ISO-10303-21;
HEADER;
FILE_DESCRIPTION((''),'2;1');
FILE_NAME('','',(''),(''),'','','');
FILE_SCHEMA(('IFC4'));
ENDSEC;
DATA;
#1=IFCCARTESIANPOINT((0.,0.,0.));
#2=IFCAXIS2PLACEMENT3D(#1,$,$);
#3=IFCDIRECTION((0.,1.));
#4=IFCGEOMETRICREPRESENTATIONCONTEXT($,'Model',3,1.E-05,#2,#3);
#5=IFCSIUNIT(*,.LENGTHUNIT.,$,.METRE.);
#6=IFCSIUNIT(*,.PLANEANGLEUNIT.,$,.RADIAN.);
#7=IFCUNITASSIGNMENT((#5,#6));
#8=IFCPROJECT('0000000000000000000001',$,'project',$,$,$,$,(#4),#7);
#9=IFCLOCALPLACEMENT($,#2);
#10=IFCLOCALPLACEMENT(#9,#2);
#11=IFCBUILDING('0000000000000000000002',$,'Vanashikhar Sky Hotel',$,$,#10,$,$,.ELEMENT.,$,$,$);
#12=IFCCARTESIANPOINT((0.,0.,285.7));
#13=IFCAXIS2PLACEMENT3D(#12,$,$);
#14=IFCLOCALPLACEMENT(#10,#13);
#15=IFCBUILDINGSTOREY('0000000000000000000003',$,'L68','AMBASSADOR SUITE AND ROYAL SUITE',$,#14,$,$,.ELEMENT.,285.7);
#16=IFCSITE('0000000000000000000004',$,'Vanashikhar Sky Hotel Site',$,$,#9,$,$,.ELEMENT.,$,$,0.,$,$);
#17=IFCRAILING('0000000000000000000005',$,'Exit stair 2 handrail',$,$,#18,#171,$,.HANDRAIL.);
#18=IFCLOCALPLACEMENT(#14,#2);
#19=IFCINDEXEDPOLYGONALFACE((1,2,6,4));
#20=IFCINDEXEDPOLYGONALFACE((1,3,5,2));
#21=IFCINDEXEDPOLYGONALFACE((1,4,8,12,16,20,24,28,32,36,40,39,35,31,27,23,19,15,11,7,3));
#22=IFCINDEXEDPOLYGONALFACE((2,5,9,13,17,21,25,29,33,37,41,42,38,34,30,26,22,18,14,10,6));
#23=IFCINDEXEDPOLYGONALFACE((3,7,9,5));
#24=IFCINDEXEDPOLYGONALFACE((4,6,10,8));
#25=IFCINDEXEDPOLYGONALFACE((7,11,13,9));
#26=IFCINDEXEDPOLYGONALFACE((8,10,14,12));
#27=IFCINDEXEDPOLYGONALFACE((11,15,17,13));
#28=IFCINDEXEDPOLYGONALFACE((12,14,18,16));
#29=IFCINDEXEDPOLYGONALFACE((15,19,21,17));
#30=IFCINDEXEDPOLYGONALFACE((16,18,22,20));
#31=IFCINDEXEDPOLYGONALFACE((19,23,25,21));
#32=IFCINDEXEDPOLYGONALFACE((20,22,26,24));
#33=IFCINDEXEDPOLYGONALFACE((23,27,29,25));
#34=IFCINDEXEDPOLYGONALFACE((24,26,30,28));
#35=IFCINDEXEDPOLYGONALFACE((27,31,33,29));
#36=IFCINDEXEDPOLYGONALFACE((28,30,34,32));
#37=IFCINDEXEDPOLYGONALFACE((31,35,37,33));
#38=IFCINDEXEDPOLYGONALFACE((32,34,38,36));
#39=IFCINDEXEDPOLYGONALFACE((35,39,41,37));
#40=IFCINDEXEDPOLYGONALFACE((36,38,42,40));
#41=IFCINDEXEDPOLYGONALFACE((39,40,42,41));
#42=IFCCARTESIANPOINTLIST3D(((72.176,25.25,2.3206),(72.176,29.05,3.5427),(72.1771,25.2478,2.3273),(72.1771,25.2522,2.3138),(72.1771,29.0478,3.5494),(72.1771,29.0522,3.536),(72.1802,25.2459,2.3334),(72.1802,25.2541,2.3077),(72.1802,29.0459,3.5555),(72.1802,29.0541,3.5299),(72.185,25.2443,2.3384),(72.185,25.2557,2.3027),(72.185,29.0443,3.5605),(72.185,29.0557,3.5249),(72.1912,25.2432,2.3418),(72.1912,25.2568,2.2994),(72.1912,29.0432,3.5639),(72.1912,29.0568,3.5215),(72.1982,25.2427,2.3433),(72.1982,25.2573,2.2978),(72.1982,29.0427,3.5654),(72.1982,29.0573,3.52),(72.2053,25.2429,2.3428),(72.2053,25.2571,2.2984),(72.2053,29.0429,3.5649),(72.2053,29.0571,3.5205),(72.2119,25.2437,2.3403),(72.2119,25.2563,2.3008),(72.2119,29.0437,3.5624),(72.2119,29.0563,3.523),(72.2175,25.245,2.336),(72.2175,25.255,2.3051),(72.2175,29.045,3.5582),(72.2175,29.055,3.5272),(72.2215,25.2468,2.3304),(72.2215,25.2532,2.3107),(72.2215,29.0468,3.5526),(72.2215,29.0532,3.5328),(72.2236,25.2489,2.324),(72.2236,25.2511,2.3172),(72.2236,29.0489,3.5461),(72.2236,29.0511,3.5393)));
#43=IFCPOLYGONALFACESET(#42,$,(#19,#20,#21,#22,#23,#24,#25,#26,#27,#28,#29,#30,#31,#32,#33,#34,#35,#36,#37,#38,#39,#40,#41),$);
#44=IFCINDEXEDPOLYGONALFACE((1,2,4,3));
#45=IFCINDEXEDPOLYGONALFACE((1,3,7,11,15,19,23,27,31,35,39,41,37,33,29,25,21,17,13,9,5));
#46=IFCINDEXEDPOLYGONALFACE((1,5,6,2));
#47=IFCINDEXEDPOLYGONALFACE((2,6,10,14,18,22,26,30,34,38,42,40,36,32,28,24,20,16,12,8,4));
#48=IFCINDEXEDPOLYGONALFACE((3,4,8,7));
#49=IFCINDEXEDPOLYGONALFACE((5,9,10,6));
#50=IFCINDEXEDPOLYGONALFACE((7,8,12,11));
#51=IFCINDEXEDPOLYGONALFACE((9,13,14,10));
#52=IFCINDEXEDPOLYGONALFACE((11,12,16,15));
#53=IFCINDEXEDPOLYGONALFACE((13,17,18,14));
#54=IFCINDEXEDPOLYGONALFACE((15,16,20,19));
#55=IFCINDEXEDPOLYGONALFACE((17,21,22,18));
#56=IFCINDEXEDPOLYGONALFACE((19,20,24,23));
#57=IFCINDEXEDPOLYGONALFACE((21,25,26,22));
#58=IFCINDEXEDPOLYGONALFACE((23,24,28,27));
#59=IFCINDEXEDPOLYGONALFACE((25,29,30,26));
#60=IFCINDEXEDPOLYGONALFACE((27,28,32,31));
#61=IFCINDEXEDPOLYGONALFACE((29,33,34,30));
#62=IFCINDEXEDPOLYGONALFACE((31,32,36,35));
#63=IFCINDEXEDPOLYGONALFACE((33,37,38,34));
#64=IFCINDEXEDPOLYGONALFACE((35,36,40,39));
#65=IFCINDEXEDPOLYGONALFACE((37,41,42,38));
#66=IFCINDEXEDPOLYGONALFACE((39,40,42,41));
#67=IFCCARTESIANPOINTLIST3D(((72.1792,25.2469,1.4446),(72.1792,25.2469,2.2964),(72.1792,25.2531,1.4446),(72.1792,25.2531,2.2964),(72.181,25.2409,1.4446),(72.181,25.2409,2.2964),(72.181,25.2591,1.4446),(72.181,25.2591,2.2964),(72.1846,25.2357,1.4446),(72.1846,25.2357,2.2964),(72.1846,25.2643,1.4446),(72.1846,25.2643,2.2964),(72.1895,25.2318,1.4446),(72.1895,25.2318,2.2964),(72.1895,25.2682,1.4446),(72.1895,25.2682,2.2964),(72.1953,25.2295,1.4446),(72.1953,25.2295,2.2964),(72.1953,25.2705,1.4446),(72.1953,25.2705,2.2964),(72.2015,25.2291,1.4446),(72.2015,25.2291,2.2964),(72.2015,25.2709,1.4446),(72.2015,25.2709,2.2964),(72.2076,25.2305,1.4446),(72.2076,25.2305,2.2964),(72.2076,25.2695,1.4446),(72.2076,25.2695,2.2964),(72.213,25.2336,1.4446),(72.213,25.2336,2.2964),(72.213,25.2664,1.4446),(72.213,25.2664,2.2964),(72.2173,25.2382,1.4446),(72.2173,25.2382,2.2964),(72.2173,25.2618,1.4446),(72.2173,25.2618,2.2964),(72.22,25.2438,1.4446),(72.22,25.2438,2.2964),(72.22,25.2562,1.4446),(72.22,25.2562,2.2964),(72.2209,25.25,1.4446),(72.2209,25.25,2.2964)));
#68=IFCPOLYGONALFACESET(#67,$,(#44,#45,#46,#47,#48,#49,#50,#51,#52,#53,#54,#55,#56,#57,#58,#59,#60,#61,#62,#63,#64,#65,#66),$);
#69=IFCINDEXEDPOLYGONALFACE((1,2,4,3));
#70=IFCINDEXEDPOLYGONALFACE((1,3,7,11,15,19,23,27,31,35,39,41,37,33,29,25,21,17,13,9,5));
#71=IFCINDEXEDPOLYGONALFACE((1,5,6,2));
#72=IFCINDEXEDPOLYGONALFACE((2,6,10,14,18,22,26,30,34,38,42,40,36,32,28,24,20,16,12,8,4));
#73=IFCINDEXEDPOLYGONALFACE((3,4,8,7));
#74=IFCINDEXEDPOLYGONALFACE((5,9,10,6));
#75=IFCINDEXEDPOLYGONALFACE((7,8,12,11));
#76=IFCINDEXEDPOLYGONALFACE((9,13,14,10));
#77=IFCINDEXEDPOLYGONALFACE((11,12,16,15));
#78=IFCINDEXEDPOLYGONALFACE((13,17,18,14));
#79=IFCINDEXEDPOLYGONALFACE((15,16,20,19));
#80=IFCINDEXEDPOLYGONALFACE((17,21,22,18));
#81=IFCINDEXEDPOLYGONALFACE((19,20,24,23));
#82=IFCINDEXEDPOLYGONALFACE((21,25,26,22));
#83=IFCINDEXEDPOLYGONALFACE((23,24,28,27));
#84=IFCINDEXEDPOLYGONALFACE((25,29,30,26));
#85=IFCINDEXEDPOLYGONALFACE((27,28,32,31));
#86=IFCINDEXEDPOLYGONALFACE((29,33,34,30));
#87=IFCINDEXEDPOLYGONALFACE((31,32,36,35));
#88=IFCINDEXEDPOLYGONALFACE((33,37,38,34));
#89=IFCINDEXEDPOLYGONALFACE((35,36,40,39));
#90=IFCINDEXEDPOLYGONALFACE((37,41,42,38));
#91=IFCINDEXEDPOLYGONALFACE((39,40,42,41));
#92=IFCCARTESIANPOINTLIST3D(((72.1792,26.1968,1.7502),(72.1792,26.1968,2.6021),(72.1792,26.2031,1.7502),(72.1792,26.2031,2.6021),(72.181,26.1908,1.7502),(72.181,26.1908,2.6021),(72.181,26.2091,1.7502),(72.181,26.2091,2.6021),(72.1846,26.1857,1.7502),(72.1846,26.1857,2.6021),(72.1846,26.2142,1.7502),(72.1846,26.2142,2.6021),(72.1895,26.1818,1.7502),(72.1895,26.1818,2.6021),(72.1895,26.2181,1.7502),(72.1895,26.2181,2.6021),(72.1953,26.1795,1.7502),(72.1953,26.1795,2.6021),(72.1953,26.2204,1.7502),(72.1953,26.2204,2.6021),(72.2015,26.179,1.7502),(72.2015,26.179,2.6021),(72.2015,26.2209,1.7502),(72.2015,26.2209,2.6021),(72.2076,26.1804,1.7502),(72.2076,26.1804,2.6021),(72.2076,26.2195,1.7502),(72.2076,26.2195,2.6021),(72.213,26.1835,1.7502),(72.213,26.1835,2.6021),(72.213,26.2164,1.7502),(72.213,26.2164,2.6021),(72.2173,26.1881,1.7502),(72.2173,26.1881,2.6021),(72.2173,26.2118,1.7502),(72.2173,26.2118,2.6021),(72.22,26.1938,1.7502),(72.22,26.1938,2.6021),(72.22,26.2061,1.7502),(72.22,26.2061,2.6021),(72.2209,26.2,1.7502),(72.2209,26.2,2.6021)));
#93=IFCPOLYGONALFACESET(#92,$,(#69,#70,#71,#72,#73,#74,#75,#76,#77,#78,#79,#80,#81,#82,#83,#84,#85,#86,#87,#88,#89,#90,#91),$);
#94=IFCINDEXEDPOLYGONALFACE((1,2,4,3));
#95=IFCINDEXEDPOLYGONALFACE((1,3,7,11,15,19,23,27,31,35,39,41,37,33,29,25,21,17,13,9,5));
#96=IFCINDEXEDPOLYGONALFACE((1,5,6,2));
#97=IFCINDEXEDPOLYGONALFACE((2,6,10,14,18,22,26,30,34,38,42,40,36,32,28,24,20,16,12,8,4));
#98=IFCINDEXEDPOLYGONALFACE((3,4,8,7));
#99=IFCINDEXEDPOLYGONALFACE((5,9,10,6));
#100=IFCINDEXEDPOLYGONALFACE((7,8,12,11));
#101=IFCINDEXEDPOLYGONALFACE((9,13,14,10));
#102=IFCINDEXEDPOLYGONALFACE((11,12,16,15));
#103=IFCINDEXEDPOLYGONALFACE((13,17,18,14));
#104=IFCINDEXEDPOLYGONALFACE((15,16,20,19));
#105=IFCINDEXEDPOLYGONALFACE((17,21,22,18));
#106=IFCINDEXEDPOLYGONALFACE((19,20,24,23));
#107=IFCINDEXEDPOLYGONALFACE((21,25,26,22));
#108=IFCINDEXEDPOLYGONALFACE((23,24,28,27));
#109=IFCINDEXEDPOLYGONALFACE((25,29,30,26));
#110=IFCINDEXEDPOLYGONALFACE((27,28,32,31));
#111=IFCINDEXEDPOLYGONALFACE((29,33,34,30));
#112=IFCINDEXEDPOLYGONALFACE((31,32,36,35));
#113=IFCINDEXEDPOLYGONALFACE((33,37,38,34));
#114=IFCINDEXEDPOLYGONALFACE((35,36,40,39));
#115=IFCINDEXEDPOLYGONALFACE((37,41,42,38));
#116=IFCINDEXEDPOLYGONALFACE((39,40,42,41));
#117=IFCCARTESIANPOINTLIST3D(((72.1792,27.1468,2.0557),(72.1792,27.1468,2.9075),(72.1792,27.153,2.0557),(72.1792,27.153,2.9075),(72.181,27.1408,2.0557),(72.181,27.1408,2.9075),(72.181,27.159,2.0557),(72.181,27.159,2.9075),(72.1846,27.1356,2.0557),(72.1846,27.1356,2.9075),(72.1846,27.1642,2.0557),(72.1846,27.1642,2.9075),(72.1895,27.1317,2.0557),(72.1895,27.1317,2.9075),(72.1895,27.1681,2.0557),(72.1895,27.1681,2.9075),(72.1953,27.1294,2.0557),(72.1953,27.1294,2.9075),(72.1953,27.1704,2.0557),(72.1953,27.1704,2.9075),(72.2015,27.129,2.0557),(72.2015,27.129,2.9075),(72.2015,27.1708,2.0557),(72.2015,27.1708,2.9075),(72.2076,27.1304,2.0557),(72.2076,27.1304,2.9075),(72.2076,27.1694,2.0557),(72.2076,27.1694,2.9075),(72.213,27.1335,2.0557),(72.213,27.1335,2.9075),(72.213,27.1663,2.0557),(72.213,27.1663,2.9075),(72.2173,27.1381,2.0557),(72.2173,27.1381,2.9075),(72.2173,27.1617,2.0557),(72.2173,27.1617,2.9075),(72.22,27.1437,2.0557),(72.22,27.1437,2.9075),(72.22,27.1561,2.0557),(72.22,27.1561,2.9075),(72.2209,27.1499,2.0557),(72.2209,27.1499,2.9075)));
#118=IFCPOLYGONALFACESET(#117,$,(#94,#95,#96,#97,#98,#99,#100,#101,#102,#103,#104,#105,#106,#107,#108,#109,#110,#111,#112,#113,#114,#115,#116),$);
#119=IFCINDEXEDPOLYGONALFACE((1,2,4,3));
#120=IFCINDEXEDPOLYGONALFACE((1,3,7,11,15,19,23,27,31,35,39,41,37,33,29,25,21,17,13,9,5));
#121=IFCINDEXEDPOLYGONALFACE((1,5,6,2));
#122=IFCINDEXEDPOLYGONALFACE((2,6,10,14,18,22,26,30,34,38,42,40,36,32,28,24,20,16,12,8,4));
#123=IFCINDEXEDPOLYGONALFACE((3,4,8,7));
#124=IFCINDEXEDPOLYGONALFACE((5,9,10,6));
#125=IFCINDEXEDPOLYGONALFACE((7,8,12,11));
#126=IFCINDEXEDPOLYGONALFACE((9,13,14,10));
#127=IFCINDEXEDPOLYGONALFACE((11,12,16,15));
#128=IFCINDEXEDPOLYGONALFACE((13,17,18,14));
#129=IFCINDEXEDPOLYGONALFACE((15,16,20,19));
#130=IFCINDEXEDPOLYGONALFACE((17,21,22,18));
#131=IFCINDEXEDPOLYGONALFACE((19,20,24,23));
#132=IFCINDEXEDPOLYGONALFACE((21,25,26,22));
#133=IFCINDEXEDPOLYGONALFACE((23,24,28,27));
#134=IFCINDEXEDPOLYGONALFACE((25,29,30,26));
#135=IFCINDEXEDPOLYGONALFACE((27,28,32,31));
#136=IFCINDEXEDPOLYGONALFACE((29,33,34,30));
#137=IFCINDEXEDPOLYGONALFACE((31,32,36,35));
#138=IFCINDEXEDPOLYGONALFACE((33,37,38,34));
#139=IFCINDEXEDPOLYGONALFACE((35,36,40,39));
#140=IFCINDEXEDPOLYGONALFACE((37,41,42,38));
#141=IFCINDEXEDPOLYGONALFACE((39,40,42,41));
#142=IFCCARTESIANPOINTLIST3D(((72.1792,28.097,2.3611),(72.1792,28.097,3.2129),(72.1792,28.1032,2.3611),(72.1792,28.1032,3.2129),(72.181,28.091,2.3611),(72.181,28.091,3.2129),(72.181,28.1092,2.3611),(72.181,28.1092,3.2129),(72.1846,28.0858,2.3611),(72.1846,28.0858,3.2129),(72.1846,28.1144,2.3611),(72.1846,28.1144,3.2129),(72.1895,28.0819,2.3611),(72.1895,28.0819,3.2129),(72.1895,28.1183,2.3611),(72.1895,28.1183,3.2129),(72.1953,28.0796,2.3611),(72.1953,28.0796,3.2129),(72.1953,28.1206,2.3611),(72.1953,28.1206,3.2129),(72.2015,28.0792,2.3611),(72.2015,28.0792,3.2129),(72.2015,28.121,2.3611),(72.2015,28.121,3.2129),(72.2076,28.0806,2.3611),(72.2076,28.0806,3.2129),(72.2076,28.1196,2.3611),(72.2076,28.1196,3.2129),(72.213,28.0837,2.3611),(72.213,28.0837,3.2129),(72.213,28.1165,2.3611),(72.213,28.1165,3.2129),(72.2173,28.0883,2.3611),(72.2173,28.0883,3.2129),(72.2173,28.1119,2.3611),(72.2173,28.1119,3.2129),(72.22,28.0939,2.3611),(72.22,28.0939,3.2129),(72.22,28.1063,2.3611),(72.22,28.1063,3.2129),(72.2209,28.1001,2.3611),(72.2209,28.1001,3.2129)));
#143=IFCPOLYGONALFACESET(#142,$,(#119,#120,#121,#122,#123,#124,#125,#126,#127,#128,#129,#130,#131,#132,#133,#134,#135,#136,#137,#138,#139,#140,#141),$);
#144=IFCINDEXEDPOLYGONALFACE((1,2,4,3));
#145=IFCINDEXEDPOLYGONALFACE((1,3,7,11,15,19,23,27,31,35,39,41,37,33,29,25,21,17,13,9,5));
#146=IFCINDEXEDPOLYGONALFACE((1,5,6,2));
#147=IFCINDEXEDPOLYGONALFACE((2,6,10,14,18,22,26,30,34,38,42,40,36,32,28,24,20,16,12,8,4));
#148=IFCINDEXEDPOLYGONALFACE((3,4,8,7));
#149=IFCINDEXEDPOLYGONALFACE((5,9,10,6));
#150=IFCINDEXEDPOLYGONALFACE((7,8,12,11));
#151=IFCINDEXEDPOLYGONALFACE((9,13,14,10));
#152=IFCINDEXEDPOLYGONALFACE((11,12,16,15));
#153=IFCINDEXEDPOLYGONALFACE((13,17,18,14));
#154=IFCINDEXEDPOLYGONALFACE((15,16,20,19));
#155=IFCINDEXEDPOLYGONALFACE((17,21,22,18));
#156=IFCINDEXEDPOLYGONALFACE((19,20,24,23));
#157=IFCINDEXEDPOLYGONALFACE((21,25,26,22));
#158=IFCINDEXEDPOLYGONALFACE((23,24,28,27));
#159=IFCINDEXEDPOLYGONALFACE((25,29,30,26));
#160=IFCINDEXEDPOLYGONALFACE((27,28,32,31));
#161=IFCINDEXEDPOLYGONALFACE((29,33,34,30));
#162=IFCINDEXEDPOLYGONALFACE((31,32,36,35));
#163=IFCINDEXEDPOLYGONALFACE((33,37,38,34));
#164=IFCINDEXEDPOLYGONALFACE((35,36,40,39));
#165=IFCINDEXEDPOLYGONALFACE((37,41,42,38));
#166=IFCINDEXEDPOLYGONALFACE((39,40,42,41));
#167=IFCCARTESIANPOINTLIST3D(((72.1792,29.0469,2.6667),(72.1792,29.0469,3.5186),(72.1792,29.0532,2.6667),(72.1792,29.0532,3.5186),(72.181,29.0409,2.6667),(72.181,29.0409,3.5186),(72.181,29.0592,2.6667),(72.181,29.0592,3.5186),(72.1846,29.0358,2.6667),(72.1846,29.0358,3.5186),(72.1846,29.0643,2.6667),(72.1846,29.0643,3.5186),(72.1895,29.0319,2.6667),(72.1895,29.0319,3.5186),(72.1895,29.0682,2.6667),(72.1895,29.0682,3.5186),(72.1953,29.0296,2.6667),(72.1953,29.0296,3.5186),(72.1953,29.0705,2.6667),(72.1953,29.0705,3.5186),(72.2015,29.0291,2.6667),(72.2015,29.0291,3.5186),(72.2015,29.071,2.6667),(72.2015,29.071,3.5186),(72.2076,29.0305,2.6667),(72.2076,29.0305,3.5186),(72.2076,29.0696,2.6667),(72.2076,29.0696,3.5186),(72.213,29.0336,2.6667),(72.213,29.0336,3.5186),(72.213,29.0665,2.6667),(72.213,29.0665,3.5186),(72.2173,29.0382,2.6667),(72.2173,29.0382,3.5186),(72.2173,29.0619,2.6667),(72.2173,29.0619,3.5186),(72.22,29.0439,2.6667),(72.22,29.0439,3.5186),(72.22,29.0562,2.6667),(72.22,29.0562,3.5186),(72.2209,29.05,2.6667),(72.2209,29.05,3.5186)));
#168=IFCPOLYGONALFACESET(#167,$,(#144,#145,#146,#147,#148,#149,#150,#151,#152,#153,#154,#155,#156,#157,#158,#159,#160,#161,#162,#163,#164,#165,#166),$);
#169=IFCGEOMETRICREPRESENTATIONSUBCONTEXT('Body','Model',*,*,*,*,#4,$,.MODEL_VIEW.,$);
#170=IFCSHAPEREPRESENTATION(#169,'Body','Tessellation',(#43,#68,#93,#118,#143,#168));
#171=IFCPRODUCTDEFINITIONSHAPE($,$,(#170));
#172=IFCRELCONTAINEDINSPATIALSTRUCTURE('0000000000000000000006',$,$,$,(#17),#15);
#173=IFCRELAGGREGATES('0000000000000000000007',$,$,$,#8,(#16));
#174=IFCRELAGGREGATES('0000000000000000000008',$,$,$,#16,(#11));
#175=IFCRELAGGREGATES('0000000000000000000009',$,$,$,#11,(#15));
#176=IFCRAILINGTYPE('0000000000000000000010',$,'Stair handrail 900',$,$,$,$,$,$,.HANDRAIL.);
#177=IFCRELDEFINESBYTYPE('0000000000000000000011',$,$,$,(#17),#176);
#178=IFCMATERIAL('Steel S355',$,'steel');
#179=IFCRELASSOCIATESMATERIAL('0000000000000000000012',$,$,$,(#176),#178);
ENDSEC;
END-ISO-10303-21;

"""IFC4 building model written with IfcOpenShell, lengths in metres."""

from ifc_helpers import new_model, si_unit, direction, frame, origin, origin_2d, place, context, subcontext, project, spatial, circle, extrude, source, transform, mapped, material, type_object, element, save


model = new_model("IFC4")

# Units and contexts
model_context = context("Model", 3, precision=1e-05, world=origin(), true_north=direction((0.0, 1.0)))
body_context = subcontext(model_context, "Body", "Model", "MODEL_VIEW")
ifc_project = project(units=[si_unit("LENGTHUNIT", "METRE"), si_unit("PLANEANGLEUNIT", "RADIAN")], contexts=[model_context])

# Site, building, storey
site_placement = place(None, origin())
site = spatial("IfcSite", under=ifc_project, at=site_placement, Name="Vanashikhar Sky Hotel Site", CompositionType="ELEMENT", RefElevation=0.0)
building_placement = place(site_placement, origin())
building = spatial("IfcBuilding", under=site, at=building_placement, Name="Vanashikhar Sky Hotel", CompositionType="ELEMENT")
storey_placement = place(building_placement, frame((0.0, 0.0, 285.7)))
storey = spatial("IfcBuildingStorey", under=building, at=storey_placement, Name="L68", Description="AMBASSADOR SUITE AND ROYAL SUITE", CompositionType="ELEMENT", Elevation=285.7)

# Railing
ifc_material_1 = material(Name="Steel S355", Category="steel")
railing_type_1 = type_object("IfcRailingType", Name="Stair handrail 900", PredefinedType="HANDRAIL", material=ifc_material_1)
shared_shape_1 = source(origin(), body_context, "Body", "SweptSolid", [
    extrude(circle(Radius=0.0239, at=origin_2d()), frame((0.0, 0.0, 0.876), z_axis=(0.0, 0.951976, 0.306173), x_axis=(-1.0, 0.0, 0.0)), (0.0, 0.0, 1.0), 3.9917),
    extrude(circle(Radius=0.021, at=origin_2d()), origin(), (0.0, 0.0, 1.0), 0.8518),
    extrude(circle(Radius=0.021, at=origin_2d()), frame((0.0, 0.95, 0.3057)), (0.0, 0.0, 1.0), 0.8518),
    extrude(circle(Radius=0.021, at=origin_2d()), frame((0.0, 1.8999, 0.6111)), (0.0, 0.0, 1.0), 0.8518),
    extrude(circle(Radius=0.021, at=origin_2d()), frame((0.0, 2.8501, 0.9165)), (0.0, 0.0, 1.0), 0.8518),
    extrude(circle(Radius=0.021, at=origin_2d()), frame((0.0, 3.8, 1.2222)), (0.0, 0.0, 1.0), 0.8518),
])
railing_1_placement = place(storey_placement, frame((72.2, 25.25, 1.4446)))
element("IfcRailing", 1, at=railing_1_placement, inside=storey, type_object=railing_type_1, Name="Exit stair 2 handrail", PredefinedType="HANDRAIL", context=body_context, shape_type="MappedRepresentation", body=[
    mapped(shared_shape_1, transform((0.0, 0.0, 0.0), scale=1.0)),
])

save(model, "model.ifc")
